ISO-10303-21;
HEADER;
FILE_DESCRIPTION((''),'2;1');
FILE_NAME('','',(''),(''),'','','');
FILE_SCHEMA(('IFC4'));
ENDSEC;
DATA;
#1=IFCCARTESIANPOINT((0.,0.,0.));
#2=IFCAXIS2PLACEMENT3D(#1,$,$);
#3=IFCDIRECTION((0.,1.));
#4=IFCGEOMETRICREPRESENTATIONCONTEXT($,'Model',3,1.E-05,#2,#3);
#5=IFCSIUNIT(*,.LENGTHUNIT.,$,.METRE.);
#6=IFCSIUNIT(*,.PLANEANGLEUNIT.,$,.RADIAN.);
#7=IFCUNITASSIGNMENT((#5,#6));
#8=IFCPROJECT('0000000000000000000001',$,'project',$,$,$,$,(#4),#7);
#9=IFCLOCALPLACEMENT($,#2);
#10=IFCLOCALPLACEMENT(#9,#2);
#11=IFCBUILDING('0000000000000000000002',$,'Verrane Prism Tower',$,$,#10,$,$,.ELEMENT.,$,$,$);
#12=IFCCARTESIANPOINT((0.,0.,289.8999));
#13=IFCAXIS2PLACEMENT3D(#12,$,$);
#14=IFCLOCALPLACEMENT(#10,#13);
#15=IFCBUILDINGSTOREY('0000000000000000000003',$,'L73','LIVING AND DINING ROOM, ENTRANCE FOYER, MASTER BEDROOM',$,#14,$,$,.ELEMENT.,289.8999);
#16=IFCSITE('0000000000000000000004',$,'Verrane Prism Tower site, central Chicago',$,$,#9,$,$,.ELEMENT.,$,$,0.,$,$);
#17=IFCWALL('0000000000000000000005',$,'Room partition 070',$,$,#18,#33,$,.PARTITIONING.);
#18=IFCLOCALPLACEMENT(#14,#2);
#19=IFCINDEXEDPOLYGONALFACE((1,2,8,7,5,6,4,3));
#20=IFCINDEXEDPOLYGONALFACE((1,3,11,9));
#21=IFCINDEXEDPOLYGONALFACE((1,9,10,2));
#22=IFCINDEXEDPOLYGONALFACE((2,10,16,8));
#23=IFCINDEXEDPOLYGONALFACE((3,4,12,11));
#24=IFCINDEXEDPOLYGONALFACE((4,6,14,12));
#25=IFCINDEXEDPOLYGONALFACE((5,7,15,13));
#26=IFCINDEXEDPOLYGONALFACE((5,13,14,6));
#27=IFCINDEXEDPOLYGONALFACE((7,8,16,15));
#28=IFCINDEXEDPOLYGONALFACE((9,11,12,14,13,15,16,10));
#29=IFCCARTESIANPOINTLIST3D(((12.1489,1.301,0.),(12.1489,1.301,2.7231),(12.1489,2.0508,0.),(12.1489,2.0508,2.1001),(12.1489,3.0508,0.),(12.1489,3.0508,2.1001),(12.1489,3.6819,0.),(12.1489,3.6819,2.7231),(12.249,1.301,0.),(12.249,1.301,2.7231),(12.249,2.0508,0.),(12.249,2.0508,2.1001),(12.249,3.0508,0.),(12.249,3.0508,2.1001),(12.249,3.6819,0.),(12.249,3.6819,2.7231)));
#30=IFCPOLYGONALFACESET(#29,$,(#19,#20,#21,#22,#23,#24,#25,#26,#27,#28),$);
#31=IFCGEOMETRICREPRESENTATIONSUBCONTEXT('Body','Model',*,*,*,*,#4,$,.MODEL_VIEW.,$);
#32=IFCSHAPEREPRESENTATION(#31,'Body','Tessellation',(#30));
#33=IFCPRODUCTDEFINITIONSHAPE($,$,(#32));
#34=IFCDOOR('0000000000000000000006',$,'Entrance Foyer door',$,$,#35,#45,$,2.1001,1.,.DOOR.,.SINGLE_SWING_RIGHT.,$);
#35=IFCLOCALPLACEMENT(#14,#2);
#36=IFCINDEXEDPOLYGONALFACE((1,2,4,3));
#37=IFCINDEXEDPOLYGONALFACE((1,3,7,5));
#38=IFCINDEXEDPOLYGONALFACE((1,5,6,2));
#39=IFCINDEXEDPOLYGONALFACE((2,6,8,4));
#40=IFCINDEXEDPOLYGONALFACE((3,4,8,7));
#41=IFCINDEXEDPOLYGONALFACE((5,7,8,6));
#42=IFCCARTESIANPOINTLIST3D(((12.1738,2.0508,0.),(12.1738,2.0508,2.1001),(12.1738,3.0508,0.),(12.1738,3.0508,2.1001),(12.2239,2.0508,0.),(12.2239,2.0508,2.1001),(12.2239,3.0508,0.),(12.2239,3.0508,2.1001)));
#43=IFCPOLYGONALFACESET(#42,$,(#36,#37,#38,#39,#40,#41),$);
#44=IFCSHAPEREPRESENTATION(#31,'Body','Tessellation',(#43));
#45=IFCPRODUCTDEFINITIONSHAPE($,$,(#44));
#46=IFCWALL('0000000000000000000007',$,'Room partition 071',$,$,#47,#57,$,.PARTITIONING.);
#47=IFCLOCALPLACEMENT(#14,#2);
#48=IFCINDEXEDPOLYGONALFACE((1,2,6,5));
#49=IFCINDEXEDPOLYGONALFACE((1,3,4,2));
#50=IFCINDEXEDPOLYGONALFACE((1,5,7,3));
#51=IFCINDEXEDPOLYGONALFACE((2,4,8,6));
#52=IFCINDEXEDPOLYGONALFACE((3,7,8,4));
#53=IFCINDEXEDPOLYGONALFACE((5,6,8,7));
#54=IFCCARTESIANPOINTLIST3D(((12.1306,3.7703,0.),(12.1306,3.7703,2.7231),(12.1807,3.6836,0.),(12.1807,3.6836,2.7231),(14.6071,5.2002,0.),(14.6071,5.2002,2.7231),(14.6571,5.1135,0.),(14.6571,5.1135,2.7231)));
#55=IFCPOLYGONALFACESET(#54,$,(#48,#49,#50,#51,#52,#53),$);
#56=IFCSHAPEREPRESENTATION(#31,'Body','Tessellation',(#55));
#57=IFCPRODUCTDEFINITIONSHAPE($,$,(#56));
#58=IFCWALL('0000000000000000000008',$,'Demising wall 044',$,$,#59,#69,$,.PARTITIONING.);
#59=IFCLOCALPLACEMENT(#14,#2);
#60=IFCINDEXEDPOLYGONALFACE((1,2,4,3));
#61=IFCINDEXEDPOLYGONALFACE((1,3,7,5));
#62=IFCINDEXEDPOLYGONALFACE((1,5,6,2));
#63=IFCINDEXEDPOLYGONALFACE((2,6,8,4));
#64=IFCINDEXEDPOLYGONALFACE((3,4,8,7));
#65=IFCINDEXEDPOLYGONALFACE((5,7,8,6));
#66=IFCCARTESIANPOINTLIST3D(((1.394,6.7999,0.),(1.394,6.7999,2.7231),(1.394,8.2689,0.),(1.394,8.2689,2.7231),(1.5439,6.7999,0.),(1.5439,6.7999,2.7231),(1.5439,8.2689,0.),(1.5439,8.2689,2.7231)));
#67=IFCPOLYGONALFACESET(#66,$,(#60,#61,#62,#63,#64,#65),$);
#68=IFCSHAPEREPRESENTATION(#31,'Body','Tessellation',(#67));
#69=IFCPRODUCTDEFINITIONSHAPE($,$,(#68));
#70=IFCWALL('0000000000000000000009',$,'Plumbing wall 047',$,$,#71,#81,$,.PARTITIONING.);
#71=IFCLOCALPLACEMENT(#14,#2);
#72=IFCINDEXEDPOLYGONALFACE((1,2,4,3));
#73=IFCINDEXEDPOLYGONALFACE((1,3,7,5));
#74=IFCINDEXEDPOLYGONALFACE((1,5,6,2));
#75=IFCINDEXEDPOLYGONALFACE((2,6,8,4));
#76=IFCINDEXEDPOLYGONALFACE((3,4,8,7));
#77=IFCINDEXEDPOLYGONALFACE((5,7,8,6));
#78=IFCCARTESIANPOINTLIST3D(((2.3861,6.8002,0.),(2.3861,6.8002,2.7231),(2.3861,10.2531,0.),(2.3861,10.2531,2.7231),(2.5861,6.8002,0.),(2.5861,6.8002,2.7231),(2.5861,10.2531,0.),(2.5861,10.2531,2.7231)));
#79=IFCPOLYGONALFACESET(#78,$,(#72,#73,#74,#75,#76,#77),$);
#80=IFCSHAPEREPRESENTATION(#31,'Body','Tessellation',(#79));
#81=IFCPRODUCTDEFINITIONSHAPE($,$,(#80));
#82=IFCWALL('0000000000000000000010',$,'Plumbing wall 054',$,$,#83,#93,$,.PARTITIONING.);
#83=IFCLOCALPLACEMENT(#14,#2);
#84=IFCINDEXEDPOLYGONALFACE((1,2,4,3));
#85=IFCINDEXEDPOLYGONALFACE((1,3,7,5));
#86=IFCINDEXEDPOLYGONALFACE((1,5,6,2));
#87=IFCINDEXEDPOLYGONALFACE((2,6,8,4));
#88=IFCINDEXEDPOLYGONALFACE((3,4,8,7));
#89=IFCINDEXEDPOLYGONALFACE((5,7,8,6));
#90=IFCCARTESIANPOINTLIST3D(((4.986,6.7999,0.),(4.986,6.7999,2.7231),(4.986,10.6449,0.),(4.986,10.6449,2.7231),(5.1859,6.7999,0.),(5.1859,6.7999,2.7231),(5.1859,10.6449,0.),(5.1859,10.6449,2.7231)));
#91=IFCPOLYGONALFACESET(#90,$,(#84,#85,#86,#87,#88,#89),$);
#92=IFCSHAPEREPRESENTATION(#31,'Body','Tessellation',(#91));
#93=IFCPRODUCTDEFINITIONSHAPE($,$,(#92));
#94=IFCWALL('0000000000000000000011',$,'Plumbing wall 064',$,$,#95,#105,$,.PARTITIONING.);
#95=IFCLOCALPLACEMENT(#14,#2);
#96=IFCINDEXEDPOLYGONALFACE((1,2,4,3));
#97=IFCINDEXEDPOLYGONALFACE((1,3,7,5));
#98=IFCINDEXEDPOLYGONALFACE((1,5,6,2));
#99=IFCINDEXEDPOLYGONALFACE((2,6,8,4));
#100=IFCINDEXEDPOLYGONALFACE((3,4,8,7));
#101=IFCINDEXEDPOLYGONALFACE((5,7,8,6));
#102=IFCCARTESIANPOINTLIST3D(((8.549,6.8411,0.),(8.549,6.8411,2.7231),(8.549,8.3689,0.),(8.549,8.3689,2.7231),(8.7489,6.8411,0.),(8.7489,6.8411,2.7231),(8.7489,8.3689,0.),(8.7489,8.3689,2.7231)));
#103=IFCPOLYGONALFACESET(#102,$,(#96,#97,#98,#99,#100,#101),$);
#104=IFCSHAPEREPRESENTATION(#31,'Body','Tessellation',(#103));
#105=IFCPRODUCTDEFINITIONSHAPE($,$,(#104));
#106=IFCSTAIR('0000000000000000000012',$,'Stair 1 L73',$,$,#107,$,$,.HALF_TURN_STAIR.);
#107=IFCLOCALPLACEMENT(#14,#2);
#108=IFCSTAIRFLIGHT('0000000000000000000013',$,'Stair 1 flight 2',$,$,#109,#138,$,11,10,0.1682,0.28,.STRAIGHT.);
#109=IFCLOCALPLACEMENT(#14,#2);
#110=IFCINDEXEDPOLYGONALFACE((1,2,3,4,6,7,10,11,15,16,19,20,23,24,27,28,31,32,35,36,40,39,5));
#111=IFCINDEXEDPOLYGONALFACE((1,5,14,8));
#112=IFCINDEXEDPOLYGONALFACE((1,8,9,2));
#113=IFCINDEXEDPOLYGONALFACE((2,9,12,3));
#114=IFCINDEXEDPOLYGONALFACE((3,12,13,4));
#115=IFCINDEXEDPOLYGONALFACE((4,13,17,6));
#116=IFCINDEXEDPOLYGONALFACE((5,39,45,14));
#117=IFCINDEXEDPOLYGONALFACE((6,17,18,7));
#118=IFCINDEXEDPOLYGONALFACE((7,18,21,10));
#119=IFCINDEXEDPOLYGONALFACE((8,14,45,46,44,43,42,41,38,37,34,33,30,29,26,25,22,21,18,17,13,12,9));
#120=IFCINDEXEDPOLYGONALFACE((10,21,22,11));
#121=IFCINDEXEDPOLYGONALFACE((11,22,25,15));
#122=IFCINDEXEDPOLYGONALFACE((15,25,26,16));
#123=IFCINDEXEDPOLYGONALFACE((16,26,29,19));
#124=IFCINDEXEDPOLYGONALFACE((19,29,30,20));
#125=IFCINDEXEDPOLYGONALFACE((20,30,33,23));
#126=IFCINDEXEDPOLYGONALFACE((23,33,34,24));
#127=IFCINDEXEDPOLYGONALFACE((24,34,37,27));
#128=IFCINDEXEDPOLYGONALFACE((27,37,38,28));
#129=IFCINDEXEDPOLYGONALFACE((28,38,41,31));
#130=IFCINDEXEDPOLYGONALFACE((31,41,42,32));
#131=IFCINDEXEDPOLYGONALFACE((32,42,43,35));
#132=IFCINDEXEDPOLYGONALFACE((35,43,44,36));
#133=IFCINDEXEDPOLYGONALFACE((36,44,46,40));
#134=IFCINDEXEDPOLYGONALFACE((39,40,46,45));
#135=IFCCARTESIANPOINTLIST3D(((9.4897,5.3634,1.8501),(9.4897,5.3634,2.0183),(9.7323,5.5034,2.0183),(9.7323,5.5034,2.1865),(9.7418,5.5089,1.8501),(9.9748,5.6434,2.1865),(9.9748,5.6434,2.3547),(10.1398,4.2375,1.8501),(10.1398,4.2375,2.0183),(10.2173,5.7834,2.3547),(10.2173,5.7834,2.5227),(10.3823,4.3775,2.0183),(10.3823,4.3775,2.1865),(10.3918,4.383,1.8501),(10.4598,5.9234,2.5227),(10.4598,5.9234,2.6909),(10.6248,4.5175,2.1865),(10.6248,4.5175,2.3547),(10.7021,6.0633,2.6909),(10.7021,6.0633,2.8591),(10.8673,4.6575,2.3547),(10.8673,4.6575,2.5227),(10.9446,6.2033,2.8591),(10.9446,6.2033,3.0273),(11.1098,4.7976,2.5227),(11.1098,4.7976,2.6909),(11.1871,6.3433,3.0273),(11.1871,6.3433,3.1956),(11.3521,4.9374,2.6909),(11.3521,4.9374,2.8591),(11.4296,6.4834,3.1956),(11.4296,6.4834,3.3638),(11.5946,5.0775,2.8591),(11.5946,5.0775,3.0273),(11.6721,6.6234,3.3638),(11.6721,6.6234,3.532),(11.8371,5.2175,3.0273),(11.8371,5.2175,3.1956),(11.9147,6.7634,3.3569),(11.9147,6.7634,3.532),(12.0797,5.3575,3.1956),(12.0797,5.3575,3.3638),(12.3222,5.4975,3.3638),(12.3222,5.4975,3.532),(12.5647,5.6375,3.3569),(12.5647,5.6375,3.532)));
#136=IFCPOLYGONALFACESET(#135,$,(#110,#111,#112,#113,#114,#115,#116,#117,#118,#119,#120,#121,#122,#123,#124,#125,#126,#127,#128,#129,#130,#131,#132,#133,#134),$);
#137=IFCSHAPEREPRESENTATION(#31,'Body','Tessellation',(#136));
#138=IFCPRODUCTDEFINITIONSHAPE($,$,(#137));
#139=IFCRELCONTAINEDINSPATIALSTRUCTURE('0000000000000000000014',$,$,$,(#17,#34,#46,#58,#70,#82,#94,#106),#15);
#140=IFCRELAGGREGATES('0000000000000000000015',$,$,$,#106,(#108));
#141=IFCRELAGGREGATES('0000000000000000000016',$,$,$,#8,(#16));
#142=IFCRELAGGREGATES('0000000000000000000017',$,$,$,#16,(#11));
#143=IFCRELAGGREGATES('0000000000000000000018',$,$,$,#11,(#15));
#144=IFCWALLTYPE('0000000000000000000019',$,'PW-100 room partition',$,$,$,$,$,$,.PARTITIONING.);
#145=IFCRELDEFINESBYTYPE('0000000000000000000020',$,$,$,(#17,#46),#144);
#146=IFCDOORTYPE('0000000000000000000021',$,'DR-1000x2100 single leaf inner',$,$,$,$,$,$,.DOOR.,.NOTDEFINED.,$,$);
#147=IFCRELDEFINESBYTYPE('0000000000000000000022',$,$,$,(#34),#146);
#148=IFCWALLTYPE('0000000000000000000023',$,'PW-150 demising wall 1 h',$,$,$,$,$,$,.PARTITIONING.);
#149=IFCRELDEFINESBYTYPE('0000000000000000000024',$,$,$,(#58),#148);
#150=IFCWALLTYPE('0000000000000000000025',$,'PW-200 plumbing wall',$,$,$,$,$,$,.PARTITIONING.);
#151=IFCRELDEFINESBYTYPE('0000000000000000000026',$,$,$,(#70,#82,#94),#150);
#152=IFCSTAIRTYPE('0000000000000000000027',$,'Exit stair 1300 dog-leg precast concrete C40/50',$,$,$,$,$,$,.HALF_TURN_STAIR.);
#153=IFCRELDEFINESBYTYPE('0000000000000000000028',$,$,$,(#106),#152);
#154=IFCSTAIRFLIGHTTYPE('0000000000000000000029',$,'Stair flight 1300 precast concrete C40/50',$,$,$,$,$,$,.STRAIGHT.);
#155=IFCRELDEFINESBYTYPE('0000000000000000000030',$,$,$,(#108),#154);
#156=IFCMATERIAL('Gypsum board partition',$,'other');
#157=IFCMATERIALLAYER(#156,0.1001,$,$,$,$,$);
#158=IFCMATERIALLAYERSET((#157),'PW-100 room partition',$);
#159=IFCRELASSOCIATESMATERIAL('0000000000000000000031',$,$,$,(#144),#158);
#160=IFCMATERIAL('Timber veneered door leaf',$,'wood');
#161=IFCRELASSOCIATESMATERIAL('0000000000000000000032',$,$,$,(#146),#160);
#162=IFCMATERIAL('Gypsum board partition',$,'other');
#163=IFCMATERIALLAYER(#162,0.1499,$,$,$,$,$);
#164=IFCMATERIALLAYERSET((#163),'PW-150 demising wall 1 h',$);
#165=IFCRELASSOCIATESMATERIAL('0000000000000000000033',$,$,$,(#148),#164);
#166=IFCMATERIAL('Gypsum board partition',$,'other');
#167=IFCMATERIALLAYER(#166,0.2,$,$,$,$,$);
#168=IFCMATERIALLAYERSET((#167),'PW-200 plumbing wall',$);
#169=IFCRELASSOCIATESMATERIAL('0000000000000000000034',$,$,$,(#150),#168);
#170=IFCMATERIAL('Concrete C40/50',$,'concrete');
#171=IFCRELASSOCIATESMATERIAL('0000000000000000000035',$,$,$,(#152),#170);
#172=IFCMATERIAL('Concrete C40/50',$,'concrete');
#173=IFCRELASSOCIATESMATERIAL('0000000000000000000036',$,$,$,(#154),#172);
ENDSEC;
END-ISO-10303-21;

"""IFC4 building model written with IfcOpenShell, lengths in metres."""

from ifc_helpers import new_model, si_unit, direction, frame, frame_2d, origin, place, context, subcontext, project, spatial, polyline, rectangle, outline, extrude, material, layer, layer_set, type_object, element, fill, aggregate, save


model = new_model("IFC4")

# Units and contexts
model_context = context("Model", 3, precision=1e-05, world=origin(), true_north=direction((0.0, 1.0)))
body_context = subcontext(model_context, "Body", "Model", "MODEL_VIEW")
ifc_project = project(units=[si_unit("LENGTHUNIT", "METRE"), si_unit("PLANEANGLEUNIT", "RADIAN")], contexts=[model_context])

# Site, building, storey
site_placement = place(None, origin())
site = spatial("IfcSite", under=ifc_project, at=site_placement, Name="Verrane Prism Tower site, central Chicago", CompositionType="ELEMENT", RefElevation=0.0)
building_placement = place(site_placement, origin())
building = spatial("IfcBuilding", under=site, at=building_placement, Name="Verrane Prism Tower", CompositionType="ELEMENT")
storey_placement = place(building_placement, frame((0.0, 0.0, 289.8999)))
storey = spatial("IfcBuildingStorey", under=building, at=storey_placement, Name="L73", Description="LIVING AND DINING ROOM, ENTRANCE FOYER, MASTER BEDROOM", CompositionType="ELEMENT", Elevation=289.8999)

# Shared definitions
ifc_material_1 = material(Name="Gypsum board partition", Category="other")
ifc_layer_1 = layer(ifc_material_1, 0.1001)
ifc_layer_set_1 = layer_set([ifc_layer_1], Name="PW-100 room partition")
wall_type_1 = type_object("IfcWallType", Name="PW-100 room partition", PredefinedType="PARTITIONING", material=ifc_layer_set_1)

# Wall, opening, door
wall_1_placement = place(storey_placement, frame((12.199, 3.6819, 0.0), z_axis=(0.0, 0.0, 1.0), x_axis=(0.0, -1.0, 0.0)))
wall_1 = element("IfcWall", 1, at=wall_1_placement, inside=storey, type_object=wall_type_1, Name="Room partition 070", PredefinedType="PARTITIONING", context=body_context, shape_type="SweptSolid", body=[
    extrude(rectangle(XDim=2.3809, YDim=0.1001, at=frame_2d((1.1904, 0.0))), origin(), (0.0, 0.0, 1.0), 2.7231),
])
opening_1_placement = place(wall_1_placement, frame((0.6311, 0.0, 0.0)))
opening_1 = element("IfcOpeningElement", 2, at=opening_1_placement, cuts=wall_1, PredefinedType="OPENING", context=body_context, shape_type="SweptSolid", body=[
    extrude(rectangle(XDim=1.0, YDim=2.1001, at=frame_2d((0.5, 1.05))), frame((0.0, 0.0601, 0.0), z_axis=(0.0, -1.0, 0.0), x_axis=(1.0, 0.0, 0.0)), (0.0, 0.0, 1.0), 0.1201),
])
ifc_material_2 = material(Name="Timber veneered door leaf", Category="wood")
door_type_1 = type_object("IfcDoorType", Name="DR-1000x2100 single leaf inner", OperationType="NOTDEFINED", PredefinedType="DOOR", material=ifc_material_2)
door_1_placement = place(opening_1_placement, origin())
door_1 = element("IfcDoor", 3, at=door_1_placement, inside=storey, type_object=door_type_1, Name="Entrance Foyer door", OperationType="SINGLE_SWING_RIGHT", OverallHeight=2.1001, OverallWidth=1.0, PredefinedType="DOOR", context=body_context, shape_type="SweptSolid", body=[
    extrude(rectangle(XDim=1.0, YDim=2.1001, at=frame_2d((0.5, 1.05))), frame((0.0, 0.0249, 0.0), z_axis=(0.0, -1.0, 0.0), x_axis=(1.0, 0.0, 0.0)), (0.0, 0.0, 1.0), 0.05),
])
fill(opening_1, door_1)

# Walls
wall_2_placement = place(storey_placement, frame((12.1558, 3.7271, 0.0), z_axis=(0.0, 0.0, 1.0), x_axis=(0.866012, 0.500023, 0.0)))
element("IfcWall", 4, at=wall_2_placement, inside=storey, type_object=wall_type_1, Name="Room partition 071", PredefinedType="PARTITIONING", context=body_context, shape_type="SweptSolid", body=[
    extrude(rectangle(XDim=2.8596, YDim=0.1001, at=frame_2d((1.4297, 0.0))), origin(), (0.0, 0.0, 1.0), 2.7231),
])
ifc_material_3 = material(Name="Gypsum board partition", Category="other")
ifc_layer_2 = layer(ifc_material_3, 0.1499)
ifc_layer_set_2 = layer_set([ifc_layer_2], Name="PW-150 demising wall 1 h")
wall_type_2 = type_object("IfcWallType", Name="PW-150 demising wall 1 h", PredefinedType="PARTITIONING", material=ifc_layer_set_2)
wall_3_placement = place(storey_placement, frame((1.469, 6.8, 0.0), z_axis=(0.0, 0.0, 1.0), x_axis=(0.0, 1.0, 0.0)))
element("IfcWall", 5, at=wall_3_placement, inside=storey, type_object=wall_type_2, Name="Demising wall 044", PredefinedType="PARTITIONING", context=body_context, shape_type="SweptSolid", body=[
    extrude(rectangle(XDim=1.469, YDim=0.1499, at=frame_2d((0.7344, 0.0))), origin(), (0.0, 0.0, 1.0), 2.7231),
])
ifc_material_4 = material(Name="Gypsum board partition", Category="other")
ifc_layer_3 = layer(ifc_material_4, 0.2)
ifc_layer_set_3 = layer_set([ifc_layer_3], Name="PW-200 plumbing wall")
wall_type_3 = type_object("IfcWallType", Name="PW-200 plumbing wall", PredefinedType="PARTITIONING", material=ifc_layer_set_3)
wall_4_placement = place(storey_placement, frame((2.4861, 6.8, 0.0), z_axis=(0.0, 0.0, 1.0), x_axis=(0.0, 1.0, 0.0)))
element("IfcWall", 6, at=wall_4_placement, inside=storey, type_object=wall_type_3, Name="Plumbing wall 047", PredefinedType="PARTITIONING", context=body_context, shape_type="SweptSolid", body=[
    extrude(rectangle(XDim=3.4529, YDim=0.2, at=frame_2d((1.7266, 0.0))), origin(), (0.0, 0.0, 1.0), 2.7231),
])
wall_5_placement = place(storey_placement, frame((5.0859, 6.8, 0.0), z_axis=(0.0, 0.0, 1.0), x_axis=(0.0, 1.0, 0.0)))
element("IfcWall", 7, at=wall_5_placement, inside=storey, type_object=wall_type_3, Name="Plumbing wall 054", PredefinedType="PARTITIONING", context=body_context, shape_type="SweptSolid", body=[
    extrude(rectangle(XDim=3.845, YDim=0.2, at=frame_2d((1.9224, 0.0))), origin(), (0.0, 0.0, 1.0), 2.7231),
])
wall_6_placement = place(storey_placement, frame((8.6489, 6.8411, 0.0), z_axis=(0.0, 0.0, 1.0), x_axis=(0.0, 1.0, 0.0)))
element("IfcWall", 8, at=wall_6_placement, inside=storey, type_object=wall_type_3, Name="Plumbing wall 064", PredefinedType="PARTITIONING", context=body_context, shape_type="SweptSolid", body=[
    extrude(rectangle(XDim=1.5278, YDim=0.2, at=frame_2d((0.7639, 0.0))), origin(), (0.0, 0.0, 1.0), 2.7231),
])

# Stair, stair flight
ifc_material_5 = material(Name="Concrete C40/50", Category="concrete")
stair_type = type_object("IfcStairType", Name="Exit stair 1300 dog-leg precast concrete C40/50", PredefinedType="HALF_TURN_STAIR", material=ifc_material_5)
stair_placement = place(storey_placement, origin())
stair = element("IfcStair", 9, at=stair_placement, inside=storey, type_object=stair_type, Name="Stair 1 L73", PredefinedType="HALF_TURN_STAIR")
ifc_material_6 = material(Name="Concrete C40/50", Category="concrete")
stair_flight_type = type_object("IfcStairFlightType", Name="Stair flight 1300 precast concrete C40/50", PredefinedType="STRAIGHT", material=ifc_material_6)
stair_flight_placement = place(storey_placement, frame((9.8147, 4.8005, 1.8501), z_axis=(0.0, 0.0, 1.0), x_axis=(0.866025, 0.5, 0.0)))
stair_flight = element("IfcStairFlight", 10, at=stair_flight_placement, type_object=stair_flight_type, Name="Stair 1 flight 2", NumberOfRisers=11, NumberOfTreads=10, PredefinedType="STRAIGHT", RiserHeight=0.1682, TreadLength=0.28, context=body_context, shape_type="SweptSolid", body=[
    extrude(outline(polyline([(0.0, 0.0), (0.0, 0.1682), (0.28, 0.1682), (0.28, 0.3364), (0.5601, 0.3364), (0.5601, 0.5046), (0.8401, 0.5046), (0.8401, 0.6726), (1.1201, 0.6726), (1.1201, 0.8408), (1.3999, 0.8408), (1.3999, 1.009), (1.6799, 1.009), (1.6799, 1.1772), (1.96, 1.1772), (1.96, 1.3455), (2.24, 1.3455), (2.24, 1.5137), (2.52, 1.5137), (2.52, 1.6819), (2.8, 1.6819), (2.8, 1.8501), (2.8, 1.5068), (0.291, 0.0), (0.0, 0.0)])), frame((0.0, 0.6499, 0.0), z_axis=(0.0, -1.0, 0.0), x_axis=(1.0, 0.0, 0.0)), (0.0, 0.0, 1.0), 1.3),
])
aggregate(stair, [stair_flight])

save(model, "model.ifc")
